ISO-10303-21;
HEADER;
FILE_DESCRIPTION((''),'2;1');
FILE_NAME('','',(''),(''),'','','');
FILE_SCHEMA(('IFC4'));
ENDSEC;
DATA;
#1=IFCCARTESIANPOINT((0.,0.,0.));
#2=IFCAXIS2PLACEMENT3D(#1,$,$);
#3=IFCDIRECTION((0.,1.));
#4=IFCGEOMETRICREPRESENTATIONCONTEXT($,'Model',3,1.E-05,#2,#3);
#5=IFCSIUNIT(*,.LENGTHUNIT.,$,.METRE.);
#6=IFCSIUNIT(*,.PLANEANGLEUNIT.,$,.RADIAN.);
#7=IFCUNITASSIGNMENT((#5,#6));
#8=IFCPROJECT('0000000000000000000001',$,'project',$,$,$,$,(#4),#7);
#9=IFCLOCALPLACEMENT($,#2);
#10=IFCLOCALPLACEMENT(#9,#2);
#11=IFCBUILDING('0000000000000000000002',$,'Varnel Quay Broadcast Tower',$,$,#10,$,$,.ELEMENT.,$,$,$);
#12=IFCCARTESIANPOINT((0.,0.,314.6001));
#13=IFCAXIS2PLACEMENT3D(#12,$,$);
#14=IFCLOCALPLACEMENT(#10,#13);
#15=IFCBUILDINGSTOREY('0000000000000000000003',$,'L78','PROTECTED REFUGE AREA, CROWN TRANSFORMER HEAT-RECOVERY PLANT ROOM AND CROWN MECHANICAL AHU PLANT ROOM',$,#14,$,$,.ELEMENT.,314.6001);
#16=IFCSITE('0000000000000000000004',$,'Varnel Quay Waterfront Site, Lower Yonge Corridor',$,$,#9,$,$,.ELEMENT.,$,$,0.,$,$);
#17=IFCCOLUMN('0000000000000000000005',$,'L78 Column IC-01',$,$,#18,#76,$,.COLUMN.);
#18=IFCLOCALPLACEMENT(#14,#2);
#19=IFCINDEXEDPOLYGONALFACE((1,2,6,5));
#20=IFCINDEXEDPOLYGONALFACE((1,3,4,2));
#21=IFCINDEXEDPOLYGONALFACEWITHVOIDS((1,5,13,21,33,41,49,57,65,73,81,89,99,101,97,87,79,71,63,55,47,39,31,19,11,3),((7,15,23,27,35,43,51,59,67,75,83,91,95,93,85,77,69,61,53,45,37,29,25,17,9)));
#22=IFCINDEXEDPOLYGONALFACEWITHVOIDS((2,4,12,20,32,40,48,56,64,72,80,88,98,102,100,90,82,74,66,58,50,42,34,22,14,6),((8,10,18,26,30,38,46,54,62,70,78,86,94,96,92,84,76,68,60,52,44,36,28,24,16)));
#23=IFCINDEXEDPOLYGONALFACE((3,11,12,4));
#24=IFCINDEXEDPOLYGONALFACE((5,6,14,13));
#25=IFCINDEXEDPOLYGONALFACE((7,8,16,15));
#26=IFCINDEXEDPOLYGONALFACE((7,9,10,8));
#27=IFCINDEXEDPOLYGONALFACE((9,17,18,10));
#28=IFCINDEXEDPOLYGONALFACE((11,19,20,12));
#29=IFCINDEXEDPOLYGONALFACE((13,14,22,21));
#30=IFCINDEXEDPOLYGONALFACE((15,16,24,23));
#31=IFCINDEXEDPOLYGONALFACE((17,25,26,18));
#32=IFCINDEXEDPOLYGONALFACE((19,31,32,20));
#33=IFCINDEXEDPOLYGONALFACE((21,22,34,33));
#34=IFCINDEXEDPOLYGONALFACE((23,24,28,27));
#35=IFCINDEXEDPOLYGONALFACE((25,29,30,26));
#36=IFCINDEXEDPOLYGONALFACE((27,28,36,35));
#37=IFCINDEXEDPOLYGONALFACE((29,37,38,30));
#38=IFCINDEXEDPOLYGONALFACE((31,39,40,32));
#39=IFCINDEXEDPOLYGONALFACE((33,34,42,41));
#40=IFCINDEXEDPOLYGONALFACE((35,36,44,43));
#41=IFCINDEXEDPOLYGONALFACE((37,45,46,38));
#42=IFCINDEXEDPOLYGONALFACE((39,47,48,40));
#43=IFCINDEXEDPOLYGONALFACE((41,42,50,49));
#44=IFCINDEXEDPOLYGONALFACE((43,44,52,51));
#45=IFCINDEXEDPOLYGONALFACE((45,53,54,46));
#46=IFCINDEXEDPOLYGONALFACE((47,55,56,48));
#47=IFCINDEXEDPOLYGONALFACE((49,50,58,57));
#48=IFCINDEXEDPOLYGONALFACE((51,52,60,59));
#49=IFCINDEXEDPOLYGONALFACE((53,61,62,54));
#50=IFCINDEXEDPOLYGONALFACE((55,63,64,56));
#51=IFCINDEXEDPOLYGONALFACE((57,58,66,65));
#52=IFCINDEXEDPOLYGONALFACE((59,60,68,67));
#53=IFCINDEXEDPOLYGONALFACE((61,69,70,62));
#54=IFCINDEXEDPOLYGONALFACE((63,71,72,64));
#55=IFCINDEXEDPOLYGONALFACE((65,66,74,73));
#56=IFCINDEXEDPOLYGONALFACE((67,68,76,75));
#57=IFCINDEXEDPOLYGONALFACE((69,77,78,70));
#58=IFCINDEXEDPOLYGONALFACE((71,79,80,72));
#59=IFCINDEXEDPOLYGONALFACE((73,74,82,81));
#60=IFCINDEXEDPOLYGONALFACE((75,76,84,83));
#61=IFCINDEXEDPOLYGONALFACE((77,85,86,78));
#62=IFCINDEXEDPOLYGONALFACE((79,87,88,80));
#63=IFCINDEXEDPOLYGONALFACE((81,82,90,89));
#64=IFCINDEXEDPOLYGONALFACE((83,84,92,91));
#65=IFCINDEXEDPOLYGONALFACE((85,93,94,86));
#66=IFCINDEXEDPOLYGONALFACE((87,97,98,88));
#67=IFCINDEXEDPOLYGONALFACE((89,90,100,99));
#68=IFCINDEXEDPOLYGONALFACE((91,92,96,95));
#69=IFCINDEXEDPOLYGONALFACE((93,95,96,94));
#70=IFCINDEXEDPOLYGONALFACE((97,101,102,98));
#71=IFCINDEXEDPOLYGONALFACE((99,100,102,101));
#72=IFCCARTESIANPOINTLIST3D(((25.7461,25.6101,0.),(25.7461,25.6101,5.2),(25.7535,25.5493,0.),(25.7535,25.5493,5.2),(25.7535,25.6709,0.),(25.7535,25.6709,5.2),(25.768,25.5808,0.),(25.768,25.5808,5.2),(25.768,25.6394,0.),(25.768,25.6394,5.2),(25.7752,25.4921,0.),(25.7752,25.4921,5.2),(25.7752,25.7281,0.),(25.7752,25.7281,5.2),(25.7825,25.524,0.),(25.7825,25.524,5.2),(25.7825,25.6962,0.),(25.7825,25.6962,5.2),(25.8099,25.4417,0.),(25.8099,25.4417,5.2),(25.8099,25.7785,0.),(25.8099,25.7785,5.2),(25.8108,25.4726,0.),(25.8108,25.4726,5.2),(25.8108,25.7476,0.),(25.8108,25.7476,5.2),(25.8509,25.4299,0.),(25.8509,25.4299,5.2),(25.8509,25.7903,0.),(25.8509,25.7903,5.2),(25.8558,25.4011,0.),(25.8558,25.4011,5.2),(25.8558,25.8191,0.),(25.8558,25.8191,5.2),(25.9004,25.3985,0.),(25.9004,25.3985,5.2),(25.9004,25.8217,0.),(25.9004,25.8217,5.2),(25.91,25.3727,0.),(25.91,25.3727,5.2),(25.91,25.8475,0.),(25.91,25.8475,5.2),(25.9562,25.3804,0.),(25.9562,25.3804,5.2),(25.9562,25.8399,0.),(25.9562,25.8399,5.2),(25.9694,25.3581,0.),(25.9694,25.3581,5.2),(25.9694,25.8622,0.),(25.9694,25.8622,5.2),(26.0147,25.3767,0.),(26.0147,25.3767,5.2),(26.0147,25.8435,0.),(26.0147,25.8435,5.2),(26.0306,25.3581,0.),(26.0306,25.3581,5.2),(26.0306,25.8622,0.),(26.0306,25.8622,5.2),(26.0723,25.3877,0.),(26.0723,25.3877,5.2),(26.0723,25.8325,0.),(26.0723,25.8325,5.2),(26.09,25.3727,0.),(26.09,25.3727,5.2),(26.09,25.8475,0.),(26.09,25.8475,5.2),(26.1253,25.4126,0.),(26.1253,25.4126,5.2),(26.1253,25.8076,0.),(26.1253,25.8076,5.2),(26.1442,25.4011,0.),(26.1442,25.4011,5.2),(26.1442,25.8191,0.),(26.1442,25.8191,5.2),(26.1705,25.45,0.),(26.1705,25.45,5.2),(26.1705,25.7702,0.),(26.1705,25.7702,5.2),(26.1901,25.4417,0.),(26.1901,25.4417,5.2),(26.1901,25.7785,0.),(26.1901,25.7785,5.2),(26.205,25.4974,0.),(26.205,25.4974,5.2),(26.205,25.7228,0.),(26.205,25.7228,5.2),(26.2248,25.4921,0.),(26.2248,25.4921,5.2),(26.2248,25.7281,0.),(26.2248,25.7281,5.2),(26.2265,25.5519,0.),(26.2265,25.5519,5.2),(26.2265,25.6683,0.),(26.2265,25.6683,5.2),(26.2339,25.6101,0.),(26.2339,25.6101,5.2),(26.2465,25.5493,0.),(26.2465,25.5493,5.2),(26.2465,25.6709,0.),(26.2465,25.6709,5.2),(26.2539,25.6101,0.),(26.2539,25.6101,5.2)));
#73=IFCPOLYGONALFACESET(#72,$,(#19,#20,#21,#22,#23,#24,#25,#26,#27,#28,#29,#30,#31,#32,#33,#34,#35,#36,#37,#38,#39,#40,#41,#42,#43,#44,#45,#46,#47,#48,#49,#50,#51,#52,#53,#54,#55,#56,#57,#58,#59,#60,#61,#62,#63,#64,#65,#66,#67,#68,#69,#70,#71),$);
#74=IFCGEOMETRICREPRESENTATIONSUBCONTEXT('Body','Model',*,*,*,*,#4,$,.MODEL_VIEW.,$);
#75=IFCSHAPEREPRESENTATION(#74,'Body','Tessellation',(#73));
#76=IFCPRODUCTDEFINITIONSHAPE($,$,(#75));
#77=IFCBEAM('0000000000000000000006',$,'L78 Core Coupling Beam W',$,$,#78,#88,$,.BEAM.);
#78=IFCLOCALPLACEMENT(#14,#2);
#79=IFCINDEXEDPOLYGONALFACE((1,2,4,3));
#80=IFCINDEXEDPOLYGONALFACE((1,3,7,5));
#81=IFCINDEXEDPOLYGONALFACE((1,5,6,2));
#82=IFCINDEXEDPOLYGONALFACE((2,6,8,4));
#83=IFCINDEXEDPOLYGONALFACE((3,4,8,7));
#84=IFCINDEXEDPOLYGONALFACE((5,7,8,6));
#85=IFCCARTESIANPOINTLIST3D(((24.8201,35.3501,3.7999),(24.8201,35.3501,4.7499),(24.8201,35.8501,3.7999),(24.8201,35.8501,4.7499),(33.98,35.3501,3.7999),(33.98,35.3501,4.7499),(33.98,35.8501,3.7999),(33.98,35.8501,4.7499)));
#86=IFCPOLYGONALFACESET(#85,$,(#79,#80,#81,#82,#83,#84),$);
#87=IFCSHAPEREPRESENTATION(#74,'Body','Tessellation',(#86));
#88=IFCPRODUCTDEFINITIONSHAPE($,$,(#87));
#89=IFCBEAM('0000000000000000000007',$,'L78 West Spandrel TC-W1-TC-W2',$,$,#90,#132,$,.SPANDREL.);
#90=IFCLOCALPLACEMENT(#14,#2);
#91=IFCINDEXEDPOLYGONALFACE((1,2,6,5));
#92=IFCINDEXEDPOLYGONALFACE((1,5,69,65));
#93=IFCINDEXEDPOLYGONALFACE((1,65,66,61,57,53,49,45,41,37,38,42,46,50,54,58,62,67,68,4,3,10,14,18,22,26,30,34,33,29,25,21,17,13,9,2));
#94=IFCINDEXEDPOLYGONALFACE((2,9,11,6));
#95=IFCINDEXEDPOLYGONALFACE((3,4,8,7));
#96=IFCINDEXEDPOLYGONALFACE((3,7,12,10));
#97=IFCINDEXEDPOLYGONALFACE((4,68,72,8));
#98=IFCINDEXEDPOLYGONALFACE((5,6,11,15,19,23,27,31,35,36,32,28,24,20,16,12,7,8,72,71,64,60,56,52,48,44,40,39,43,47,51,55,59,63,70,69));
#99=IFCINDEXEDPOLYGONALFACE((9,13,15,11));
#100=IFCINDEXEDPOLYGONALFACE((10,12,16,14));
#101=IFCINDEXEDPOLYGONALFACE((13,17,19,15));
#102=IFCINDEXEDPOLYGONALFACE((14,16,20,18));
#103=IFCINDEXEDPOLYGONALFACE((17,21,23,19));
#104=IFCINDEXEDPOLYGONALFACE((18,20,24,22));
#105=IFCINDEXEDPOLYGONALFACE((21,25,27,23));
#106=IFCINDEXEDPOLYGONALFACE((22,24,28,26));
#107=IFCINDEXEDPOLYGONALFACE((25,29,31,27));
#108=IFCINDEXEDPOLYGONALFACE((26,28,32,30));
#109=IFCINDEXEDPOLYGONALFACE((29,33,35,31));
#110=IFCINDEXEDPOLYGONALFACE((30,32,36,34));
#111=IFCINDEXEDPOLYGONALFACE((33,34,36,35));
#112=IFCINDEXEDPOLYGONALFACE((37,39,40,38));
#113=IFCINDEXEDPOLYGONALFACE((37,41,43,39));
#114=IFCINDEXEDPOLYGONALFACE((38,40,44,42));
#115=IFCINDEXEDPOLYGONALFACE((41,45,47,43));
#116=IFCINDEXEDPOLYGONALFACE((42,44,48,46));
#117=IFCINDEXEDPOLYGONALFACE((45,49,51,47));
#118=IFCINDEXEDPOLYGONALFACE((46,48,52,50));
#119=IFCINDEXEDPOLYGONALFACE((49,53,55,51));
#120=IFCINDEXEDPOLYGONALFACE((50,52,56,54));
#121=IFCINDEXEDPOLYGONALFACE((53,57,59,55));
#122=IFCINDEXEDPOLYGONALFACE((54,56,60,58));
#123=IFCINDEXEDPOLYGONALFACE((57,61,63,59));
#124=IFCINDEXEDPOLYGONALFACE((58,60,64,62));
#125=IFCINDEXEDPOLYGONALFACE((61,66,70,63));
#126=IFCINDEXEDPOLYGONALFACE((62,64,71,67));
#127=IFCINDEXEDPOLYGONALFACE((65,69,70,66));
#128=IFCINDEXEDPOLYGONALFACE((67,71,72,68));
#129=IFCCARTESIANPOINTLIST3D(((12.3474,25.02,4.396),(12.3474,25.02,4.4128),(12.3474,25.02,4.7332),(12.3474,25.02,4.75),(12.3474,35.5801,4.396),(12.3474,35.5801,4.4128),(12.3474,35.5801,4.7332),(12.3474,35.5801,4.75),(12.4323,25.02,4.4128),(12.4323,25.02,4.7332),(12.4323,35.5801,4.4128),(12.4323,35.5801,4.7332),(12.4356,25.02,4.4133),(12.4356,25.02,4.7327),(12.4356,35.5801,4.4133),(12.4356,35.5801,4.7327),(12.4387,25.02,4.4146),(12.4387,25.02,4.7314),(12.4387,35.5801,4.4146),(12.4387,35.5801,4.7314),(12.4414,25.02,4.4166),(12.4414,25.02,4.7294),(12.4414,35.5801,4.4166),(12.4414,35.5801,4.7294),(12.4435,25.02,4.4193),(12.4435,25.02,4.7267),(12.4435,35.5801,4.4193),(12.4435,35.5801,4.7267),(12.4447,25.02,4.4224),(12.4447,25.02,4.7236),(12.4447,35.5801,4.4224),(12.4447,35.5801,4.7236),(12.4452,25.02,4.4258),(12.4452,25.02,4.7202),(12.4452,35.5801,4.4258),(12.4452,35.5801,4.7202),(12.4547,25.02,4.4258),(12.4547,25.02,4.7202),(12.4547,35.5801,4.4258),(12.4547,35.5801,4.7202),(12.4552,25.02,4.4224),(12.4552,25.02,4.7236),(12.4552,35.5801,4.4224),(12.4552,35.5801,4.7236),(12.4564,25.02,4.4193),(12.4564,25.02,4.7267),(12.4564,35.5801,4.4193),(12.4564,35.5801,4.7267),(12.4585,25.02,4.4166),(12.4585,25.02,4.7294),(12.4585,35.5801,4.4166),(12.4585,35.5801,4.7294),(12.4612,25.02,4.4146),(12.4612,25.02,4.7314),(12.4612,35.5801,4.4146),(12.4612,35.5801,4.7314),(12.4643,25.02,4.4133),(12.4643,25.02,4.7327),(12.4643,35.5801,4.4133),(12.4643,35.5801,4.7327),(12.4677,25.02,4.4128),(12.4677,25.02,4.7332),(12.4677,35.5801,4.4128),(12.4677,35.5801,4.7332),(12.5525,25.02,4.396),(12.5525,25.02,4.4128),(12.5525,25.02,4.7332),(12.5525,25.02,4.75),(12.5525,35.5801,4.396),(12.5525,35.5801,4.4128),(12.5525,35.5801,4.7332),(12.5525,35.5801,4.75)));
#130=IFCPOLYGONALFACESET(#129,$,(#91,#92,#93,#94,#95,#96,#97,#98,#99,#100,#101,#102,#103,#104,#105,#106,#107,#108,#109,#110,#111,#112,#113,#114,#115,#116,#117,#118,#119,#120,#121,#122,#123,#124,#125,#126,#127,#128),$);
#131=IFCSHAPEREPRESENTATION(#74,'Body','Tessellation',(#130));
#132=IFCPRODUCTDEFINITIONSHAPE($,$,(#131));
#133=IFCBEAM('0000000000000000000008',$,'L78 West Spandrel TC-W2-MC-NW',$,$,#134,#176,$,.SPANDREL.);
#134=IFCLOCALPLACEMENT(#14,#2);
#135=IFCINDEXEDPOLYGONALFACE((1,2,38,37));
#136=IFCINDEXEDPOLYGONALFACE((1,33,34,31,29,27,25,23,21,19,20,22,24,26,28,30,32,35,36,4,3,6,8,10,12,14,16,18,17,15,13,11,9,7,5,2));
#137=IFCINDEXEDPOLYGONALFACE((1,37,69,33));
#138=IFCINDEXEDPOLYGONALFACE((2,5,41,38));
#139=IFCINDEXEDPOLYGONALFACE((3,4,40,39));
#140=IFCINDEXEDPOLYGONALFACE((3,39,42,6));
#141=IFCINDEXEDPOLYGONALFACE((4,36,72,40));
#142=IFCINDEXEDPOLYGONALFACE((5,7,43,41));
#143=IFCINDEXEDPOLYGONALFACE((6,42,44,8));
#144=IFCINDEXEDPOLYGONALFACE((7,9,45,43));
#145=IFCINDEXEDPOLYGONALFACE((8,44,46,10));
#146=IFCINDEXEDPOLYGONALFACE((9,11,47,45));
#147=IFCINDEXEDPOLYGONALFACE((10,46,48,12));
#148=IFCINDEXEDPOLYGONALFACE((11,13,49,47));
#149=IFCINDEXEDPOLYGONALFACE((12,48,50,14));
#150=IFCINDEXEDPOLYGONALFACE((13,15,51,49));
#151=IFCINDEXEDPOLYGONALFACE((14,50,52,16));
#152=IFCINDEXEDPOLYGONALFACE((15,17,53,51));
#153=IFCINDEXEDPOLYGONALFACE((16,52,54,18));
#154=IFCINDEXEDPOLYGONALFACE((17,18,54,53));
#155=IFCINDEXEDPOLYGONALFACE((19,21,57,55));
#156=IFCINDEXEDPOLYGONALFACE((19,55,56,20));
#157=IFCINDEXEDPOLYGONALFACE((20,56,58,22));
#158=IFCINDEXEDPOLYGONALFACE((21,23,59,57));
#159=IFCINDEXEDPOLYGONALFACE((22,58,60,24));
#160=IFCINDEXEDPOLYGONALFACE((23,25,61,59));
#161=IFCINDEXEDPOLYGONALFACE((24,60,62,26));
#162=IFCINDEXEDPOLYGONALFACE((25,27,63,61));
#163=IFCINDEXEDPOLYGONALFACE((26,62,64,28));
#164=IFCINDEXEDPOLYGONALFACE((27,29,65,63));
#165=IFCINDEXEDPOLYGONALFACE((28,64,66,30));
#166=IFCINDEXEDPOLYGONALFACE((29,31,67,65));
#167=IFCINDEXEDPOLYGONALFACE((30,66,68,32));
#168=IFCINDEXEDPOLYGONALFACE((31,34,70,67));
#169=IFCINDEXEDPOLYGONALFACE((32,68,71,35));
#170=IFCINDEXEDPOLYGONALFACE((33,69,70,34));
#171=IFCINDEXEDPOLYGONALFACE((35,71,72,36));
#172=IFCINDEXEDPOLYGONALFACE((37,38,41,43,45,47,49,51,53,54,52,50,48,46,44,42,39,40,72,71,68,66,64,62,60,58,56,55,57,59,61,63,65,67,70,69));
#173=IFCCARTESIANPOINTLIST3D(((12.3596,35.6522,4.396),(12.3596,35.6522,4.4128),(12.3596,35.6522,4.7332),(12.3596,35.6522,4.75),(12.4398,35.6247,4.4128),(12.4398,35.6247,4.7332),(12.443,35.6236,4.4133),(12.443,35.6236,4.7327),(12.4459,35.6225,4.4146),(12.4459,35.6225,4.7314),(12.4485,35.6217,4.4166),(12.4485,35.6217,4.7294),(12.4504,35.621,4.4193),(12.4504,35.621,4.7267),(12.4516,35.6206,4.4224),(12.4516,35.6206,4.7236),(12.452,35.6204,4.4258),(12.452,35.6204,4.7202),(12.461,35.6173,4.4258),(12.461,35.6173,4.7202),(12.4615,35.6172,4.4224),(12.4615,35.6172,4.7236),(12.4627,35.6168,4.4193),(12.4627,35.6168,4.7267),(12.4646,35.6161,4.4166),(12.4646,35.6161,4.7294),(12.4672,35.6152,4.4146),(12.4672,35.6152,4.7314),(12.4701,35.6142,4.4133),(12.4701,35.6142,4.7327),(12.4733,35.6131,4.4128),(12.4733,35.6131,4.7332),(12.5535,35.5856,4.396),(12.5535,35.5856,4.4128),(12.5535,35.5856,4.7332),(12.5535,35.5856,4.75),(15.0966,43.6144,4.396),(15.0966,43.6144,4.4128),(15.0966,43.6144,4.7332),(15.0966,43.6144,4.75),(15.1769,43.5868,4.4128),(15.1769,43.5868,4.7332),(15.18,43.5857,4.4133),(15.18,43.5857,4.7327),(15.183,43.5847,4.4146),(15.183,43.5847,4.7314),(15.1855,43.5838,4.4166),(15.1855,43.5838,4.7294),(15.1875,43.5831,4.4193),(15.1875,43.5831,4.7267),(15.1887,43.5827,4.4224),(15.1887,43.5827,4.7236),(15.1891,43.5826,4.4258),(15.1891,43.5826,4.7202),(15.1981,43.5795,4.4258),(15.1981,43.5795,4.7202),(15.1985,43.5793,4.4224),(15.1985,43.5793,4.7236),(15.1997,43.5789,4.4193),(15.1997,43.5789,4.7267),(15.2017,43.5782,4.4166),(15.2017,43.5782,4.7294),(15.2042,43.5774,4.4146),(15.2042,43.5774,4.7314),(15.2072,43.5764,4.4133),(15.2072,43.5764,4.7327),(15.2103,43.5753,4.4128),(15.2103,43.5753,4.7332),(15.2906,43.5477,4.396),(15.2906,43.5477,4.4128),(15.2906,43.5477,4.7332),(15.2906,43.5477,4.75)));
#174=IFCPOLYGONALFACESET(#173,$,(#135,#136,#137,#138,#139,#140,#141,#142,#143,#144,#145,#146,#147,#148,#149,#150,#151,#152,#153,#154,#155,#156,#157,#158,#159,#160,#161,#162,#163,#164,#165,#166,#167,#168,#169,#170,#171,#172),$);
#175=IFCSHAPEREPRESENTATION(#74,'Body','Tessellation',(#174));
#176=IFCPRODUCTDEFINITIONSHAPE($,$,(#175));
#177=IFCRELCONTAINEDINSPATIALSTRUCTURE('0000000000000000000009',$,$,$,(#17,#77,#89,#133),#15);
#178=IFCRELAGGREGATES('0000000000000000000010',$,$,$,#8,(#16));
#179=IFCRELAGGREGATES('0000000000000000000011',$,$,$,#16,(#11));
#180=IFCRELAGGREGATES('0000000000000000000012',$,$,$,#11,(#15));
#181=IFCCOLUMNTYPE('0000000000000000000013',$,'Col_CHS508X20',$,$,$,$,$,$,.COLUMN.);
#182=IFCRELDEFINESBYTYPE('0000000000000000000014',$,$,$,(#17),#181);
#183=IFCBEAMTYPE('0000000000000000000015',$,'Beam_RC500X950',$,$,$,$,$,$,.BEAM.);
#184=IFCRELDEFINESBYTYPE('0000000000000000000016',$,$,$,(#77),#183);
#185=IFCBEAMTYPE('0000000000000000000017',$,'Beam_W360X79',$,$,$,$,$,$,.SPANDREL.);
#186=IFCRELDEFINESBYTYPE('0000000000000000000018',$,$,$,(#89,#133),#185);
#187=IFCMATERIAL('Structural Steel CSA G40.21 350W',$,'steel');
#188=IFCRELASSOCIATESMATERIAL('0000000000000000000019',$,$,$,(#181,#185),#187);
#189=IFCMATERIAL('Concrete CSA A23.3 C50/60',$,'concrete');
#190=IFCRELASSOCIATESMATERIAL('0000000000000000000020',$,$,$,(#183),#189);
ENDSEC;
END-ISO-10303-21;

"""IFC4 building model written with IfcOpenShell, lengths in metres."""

from ifc_helpers import new_model, si_unit, direction, frame, origin, origin_2d, place, context, subcontext, project, spatial, rectangle, hollow_circle, i_section, extrude, source, transform, mapped, material, material_profile, profile_set, type_object, type_shapes, element, save


model = new_model("IFC4")

# Units and contexts
model_context = context("Model", 3, precision=1e-05, world=origin(), true_north=direction((0.0, 1.0)))
body_context = subcontext(model_context, "Body", "Model", "MODEL_VIEW")
ifc_project = project(units=[si_unit("LENGTHUNIT", "METRE"), si_unit("PLANEANGLEUNIT", "RADIAN")], contexts=[model_context])

# Site, building, storey
site_placement = place(None, origin())
site = spatial("IfcSite", under=ifc_project, at=site_placement, Name="Varnel Quay Waterfront Site, Lower Yonge Corridor", CompositionType="ELEMENT", RefElevation=0.0)
building_placement = place(site_placement, origin())
building = spatial("IfcBuilding", under=site, at=building_placement, Name="Varnel Quay Broadcast Tower", CompositionType="ELEMENT")
storey_placement = place(building_placement, frame((0.0, 0.0, 314.6001)))
storey = spatial("IfcBuildingStorey", under=building, at=storey_placement, Name="L78", Description="PROTECTED REFUGE AREA, CROWN TRANSFORMER HEAT-RECOVERY PLANT ROOM AND CROWN MECHANICAL AHU PLANT ROOM", CompositionType="ELEMENT", Elevation=314.6001)

# Column
ifc_material_1 = material(Name="Structural Steel CSA G40.21 350W", Category="steel")
ifc_material_profile_1 = material_profile(ifc_material_1, hollow_circle(Radius=0.2539, WallThickness=0.02, at=origin_2d()), Name="CHS508X20")
ifc_profile_set_1 = profile_set([ifc_material_profile_1], Name="Structural Steel CSA G40.21 350W")
column_type_1 = type_object("IfcColumnType", Name="Col_CHS508X20", PredefinedType="COLUMN", material=ifc_profile_set_1)
shared_shape_1 = source(origin(), body_context, "Body", "SweptSolid", [
    extrude(hollow_circle(Radius=0.2539, WallThickness=0.02, at=origin_2d()), origin(), (0.0, 0.0, 1.0), 5.2),
])
type_shapes(column_type_1, [shared_shape_1])
column_placement = place(storey_placement, frame((26.0, 25.6101, 0.0), z_axis=(0.0, 0.0, 1.0), x_axis=(1.0, 0.0, 0.0)))
element("IfcColumn", 1, at=column_placement, inside=storey, type_object=column_type_1, Name="L78 Column IC-01", PredefinedType="COLUMN", context=body_context, shape_type="MappedRepresentation", body=[
    mapped(shared_shape_1, transform((0.0, 0.0, 0.0), x_axis=(1.0, 0.0, 0.0), y_axis=(0.0, 1.0, 0.0), z_axis=(0.0, 0.0, 1.0), scale=1.0)),
])

# Beams
ifc_material_2 = material(Name="Concrete CSA A23.3 C50/60", Category="concrete")
ifc_material_profile_2 = material_profile(ifc_material_2, rectangle(XDim=0.5, YDim=0.95, at=origin_2d()), Name="RC500X950")
ifc_profile_set_2 = profile_set([ifc_material_profile_2], Name="Concrete CSA A23.3 C50/60")
beam_type_1 = type_object("IfcBeamType", Name="Beam_RC500X950", PredefinedType="BEAM", material=ifc_profile_set_2)
shared_shape_2 = source(origin(), body_context, "Body", "SweptSolid", [
    extrude(rectangle(XDim=0.5, YDim=0.95, at=origin_2d()), origin(), (0.0, 0.0, 1.0), 9.1599),
])
type_shapes(beam_type_1, [shared_shape_2])
beam_1_placement = place(storey_placement, frame((24.8201, 35.6001, 4.2749), z_axis=(1.0, 0.0, 0.0), x_axis=(0.0, 1.0, 0.0)))
element("IfcBeam", 2, at=beam_1_placement, inside=storey, type_object=beam_type_1, Name="L78 Core Coupling Beam W", PredefinedType="BEAM", context=body_context, shape_type="MappedRepresentation", body=[
    mapped(shared_shape_2, transform((0.0, 0.0, 0.0), x_axis=(1.0, 0.0, 0.0), y_axis=(0.0, 1.0, 0.0), z_axis=(0.0, 0.0, 1.0), scale=1.0)),
])
ifc_material_profile_3 = material_profile(ifc_material_1, i_section(OverallWidth=0.2051, OverallDepth=0.354, WebThickness=0.0095, FlangeThickness=0.0168, FilletRadius=0.0129, at=origin_2d()), Name="W360X79")
ifc_profile_set_3 = profile_set([ifc_material_profile_3], Name="Structural Steel CSA G40.21 350W")
beam_type_2 = type_object("IfcBeamType", Name="Beam_W360X79", PredefinedType="SPANDREL", material=ifc_profile_set_3)
shared_shape_3 = source(origin(), body_context, "Body", "SweptSolid", [
    extrude(i_section(OverallWidth=0.2051, OverallDepth=0.354, WebThickness=0.0095, FlangeThickness=0.0168, FilletRadius=0.0129, at=origin_2d()), origin(), (0.0, 0.0, 1.0), 10.5601),
])
beam_2_placement = place(storey_placement, frame((12.45, 25.02, 4.573), z_axis=(0.0, 1.0, 0.0), x_axis=(-1.0, 0.0, 0.0)))
element("IfcBeam", 3, at=beam_2_placement, inside=storey, type_object=beam_type_2, Name="L78 West Spandrel TC-W1-TC-W2", PredefinedType="SPANDREL", context=body_context, shape_type="MappedRepresentation", body=[
    mapped(shared_shape_3, transform((0.0, 0.0, 0.0), x_axis=(1.0, 0.0, 0.0), y_axis=(0.0, 1.0, 0.0), z_axis=(0.0, 0.0, 1.0), scale=1.0)),
])
shared_shape_4 = source(origin(), body_context, "Body", "SweptSolid", [
    extrude(i_section(OverallWidth=0.2051, OverallDepth=0.354, WebThickness=0.0095, FlangeThickness=0.0168, FilletRadius=0.0129, at=origin_2d()), origin(), (0.0, 0.0, 1.0), 8.4194),
])
type_shapes(beam_type_2, [shared_shape_3, shared_shape_4])
beam_3_placement = place(storey_placement, frame((12.4565, 35.6189, 4.573), z_axis=(0.325087, 0.945684, 0.0), x_axis=(-0.945684, 0.325087, 0.0)))
element("IfcBeam", 4, at=beam_3_placement, inside=storey, type_object=beam_type_2, Name="L78 West Spandrel TC-W2-MC-NW", PredefinedType="SPANDREL", context=body_context, shape_type="MappedRepresentation", body=[
    mapped(shared_shape_4, transform((0.0, 0.0, 0.0), x_axis=(1.0, 0.0, 0.0), y_axis=(0.0, 1.0, 0.0), z_axis=(0.0, 0.0, 1.0), scale=1.0)),
])

save(model, "model.ifc")
